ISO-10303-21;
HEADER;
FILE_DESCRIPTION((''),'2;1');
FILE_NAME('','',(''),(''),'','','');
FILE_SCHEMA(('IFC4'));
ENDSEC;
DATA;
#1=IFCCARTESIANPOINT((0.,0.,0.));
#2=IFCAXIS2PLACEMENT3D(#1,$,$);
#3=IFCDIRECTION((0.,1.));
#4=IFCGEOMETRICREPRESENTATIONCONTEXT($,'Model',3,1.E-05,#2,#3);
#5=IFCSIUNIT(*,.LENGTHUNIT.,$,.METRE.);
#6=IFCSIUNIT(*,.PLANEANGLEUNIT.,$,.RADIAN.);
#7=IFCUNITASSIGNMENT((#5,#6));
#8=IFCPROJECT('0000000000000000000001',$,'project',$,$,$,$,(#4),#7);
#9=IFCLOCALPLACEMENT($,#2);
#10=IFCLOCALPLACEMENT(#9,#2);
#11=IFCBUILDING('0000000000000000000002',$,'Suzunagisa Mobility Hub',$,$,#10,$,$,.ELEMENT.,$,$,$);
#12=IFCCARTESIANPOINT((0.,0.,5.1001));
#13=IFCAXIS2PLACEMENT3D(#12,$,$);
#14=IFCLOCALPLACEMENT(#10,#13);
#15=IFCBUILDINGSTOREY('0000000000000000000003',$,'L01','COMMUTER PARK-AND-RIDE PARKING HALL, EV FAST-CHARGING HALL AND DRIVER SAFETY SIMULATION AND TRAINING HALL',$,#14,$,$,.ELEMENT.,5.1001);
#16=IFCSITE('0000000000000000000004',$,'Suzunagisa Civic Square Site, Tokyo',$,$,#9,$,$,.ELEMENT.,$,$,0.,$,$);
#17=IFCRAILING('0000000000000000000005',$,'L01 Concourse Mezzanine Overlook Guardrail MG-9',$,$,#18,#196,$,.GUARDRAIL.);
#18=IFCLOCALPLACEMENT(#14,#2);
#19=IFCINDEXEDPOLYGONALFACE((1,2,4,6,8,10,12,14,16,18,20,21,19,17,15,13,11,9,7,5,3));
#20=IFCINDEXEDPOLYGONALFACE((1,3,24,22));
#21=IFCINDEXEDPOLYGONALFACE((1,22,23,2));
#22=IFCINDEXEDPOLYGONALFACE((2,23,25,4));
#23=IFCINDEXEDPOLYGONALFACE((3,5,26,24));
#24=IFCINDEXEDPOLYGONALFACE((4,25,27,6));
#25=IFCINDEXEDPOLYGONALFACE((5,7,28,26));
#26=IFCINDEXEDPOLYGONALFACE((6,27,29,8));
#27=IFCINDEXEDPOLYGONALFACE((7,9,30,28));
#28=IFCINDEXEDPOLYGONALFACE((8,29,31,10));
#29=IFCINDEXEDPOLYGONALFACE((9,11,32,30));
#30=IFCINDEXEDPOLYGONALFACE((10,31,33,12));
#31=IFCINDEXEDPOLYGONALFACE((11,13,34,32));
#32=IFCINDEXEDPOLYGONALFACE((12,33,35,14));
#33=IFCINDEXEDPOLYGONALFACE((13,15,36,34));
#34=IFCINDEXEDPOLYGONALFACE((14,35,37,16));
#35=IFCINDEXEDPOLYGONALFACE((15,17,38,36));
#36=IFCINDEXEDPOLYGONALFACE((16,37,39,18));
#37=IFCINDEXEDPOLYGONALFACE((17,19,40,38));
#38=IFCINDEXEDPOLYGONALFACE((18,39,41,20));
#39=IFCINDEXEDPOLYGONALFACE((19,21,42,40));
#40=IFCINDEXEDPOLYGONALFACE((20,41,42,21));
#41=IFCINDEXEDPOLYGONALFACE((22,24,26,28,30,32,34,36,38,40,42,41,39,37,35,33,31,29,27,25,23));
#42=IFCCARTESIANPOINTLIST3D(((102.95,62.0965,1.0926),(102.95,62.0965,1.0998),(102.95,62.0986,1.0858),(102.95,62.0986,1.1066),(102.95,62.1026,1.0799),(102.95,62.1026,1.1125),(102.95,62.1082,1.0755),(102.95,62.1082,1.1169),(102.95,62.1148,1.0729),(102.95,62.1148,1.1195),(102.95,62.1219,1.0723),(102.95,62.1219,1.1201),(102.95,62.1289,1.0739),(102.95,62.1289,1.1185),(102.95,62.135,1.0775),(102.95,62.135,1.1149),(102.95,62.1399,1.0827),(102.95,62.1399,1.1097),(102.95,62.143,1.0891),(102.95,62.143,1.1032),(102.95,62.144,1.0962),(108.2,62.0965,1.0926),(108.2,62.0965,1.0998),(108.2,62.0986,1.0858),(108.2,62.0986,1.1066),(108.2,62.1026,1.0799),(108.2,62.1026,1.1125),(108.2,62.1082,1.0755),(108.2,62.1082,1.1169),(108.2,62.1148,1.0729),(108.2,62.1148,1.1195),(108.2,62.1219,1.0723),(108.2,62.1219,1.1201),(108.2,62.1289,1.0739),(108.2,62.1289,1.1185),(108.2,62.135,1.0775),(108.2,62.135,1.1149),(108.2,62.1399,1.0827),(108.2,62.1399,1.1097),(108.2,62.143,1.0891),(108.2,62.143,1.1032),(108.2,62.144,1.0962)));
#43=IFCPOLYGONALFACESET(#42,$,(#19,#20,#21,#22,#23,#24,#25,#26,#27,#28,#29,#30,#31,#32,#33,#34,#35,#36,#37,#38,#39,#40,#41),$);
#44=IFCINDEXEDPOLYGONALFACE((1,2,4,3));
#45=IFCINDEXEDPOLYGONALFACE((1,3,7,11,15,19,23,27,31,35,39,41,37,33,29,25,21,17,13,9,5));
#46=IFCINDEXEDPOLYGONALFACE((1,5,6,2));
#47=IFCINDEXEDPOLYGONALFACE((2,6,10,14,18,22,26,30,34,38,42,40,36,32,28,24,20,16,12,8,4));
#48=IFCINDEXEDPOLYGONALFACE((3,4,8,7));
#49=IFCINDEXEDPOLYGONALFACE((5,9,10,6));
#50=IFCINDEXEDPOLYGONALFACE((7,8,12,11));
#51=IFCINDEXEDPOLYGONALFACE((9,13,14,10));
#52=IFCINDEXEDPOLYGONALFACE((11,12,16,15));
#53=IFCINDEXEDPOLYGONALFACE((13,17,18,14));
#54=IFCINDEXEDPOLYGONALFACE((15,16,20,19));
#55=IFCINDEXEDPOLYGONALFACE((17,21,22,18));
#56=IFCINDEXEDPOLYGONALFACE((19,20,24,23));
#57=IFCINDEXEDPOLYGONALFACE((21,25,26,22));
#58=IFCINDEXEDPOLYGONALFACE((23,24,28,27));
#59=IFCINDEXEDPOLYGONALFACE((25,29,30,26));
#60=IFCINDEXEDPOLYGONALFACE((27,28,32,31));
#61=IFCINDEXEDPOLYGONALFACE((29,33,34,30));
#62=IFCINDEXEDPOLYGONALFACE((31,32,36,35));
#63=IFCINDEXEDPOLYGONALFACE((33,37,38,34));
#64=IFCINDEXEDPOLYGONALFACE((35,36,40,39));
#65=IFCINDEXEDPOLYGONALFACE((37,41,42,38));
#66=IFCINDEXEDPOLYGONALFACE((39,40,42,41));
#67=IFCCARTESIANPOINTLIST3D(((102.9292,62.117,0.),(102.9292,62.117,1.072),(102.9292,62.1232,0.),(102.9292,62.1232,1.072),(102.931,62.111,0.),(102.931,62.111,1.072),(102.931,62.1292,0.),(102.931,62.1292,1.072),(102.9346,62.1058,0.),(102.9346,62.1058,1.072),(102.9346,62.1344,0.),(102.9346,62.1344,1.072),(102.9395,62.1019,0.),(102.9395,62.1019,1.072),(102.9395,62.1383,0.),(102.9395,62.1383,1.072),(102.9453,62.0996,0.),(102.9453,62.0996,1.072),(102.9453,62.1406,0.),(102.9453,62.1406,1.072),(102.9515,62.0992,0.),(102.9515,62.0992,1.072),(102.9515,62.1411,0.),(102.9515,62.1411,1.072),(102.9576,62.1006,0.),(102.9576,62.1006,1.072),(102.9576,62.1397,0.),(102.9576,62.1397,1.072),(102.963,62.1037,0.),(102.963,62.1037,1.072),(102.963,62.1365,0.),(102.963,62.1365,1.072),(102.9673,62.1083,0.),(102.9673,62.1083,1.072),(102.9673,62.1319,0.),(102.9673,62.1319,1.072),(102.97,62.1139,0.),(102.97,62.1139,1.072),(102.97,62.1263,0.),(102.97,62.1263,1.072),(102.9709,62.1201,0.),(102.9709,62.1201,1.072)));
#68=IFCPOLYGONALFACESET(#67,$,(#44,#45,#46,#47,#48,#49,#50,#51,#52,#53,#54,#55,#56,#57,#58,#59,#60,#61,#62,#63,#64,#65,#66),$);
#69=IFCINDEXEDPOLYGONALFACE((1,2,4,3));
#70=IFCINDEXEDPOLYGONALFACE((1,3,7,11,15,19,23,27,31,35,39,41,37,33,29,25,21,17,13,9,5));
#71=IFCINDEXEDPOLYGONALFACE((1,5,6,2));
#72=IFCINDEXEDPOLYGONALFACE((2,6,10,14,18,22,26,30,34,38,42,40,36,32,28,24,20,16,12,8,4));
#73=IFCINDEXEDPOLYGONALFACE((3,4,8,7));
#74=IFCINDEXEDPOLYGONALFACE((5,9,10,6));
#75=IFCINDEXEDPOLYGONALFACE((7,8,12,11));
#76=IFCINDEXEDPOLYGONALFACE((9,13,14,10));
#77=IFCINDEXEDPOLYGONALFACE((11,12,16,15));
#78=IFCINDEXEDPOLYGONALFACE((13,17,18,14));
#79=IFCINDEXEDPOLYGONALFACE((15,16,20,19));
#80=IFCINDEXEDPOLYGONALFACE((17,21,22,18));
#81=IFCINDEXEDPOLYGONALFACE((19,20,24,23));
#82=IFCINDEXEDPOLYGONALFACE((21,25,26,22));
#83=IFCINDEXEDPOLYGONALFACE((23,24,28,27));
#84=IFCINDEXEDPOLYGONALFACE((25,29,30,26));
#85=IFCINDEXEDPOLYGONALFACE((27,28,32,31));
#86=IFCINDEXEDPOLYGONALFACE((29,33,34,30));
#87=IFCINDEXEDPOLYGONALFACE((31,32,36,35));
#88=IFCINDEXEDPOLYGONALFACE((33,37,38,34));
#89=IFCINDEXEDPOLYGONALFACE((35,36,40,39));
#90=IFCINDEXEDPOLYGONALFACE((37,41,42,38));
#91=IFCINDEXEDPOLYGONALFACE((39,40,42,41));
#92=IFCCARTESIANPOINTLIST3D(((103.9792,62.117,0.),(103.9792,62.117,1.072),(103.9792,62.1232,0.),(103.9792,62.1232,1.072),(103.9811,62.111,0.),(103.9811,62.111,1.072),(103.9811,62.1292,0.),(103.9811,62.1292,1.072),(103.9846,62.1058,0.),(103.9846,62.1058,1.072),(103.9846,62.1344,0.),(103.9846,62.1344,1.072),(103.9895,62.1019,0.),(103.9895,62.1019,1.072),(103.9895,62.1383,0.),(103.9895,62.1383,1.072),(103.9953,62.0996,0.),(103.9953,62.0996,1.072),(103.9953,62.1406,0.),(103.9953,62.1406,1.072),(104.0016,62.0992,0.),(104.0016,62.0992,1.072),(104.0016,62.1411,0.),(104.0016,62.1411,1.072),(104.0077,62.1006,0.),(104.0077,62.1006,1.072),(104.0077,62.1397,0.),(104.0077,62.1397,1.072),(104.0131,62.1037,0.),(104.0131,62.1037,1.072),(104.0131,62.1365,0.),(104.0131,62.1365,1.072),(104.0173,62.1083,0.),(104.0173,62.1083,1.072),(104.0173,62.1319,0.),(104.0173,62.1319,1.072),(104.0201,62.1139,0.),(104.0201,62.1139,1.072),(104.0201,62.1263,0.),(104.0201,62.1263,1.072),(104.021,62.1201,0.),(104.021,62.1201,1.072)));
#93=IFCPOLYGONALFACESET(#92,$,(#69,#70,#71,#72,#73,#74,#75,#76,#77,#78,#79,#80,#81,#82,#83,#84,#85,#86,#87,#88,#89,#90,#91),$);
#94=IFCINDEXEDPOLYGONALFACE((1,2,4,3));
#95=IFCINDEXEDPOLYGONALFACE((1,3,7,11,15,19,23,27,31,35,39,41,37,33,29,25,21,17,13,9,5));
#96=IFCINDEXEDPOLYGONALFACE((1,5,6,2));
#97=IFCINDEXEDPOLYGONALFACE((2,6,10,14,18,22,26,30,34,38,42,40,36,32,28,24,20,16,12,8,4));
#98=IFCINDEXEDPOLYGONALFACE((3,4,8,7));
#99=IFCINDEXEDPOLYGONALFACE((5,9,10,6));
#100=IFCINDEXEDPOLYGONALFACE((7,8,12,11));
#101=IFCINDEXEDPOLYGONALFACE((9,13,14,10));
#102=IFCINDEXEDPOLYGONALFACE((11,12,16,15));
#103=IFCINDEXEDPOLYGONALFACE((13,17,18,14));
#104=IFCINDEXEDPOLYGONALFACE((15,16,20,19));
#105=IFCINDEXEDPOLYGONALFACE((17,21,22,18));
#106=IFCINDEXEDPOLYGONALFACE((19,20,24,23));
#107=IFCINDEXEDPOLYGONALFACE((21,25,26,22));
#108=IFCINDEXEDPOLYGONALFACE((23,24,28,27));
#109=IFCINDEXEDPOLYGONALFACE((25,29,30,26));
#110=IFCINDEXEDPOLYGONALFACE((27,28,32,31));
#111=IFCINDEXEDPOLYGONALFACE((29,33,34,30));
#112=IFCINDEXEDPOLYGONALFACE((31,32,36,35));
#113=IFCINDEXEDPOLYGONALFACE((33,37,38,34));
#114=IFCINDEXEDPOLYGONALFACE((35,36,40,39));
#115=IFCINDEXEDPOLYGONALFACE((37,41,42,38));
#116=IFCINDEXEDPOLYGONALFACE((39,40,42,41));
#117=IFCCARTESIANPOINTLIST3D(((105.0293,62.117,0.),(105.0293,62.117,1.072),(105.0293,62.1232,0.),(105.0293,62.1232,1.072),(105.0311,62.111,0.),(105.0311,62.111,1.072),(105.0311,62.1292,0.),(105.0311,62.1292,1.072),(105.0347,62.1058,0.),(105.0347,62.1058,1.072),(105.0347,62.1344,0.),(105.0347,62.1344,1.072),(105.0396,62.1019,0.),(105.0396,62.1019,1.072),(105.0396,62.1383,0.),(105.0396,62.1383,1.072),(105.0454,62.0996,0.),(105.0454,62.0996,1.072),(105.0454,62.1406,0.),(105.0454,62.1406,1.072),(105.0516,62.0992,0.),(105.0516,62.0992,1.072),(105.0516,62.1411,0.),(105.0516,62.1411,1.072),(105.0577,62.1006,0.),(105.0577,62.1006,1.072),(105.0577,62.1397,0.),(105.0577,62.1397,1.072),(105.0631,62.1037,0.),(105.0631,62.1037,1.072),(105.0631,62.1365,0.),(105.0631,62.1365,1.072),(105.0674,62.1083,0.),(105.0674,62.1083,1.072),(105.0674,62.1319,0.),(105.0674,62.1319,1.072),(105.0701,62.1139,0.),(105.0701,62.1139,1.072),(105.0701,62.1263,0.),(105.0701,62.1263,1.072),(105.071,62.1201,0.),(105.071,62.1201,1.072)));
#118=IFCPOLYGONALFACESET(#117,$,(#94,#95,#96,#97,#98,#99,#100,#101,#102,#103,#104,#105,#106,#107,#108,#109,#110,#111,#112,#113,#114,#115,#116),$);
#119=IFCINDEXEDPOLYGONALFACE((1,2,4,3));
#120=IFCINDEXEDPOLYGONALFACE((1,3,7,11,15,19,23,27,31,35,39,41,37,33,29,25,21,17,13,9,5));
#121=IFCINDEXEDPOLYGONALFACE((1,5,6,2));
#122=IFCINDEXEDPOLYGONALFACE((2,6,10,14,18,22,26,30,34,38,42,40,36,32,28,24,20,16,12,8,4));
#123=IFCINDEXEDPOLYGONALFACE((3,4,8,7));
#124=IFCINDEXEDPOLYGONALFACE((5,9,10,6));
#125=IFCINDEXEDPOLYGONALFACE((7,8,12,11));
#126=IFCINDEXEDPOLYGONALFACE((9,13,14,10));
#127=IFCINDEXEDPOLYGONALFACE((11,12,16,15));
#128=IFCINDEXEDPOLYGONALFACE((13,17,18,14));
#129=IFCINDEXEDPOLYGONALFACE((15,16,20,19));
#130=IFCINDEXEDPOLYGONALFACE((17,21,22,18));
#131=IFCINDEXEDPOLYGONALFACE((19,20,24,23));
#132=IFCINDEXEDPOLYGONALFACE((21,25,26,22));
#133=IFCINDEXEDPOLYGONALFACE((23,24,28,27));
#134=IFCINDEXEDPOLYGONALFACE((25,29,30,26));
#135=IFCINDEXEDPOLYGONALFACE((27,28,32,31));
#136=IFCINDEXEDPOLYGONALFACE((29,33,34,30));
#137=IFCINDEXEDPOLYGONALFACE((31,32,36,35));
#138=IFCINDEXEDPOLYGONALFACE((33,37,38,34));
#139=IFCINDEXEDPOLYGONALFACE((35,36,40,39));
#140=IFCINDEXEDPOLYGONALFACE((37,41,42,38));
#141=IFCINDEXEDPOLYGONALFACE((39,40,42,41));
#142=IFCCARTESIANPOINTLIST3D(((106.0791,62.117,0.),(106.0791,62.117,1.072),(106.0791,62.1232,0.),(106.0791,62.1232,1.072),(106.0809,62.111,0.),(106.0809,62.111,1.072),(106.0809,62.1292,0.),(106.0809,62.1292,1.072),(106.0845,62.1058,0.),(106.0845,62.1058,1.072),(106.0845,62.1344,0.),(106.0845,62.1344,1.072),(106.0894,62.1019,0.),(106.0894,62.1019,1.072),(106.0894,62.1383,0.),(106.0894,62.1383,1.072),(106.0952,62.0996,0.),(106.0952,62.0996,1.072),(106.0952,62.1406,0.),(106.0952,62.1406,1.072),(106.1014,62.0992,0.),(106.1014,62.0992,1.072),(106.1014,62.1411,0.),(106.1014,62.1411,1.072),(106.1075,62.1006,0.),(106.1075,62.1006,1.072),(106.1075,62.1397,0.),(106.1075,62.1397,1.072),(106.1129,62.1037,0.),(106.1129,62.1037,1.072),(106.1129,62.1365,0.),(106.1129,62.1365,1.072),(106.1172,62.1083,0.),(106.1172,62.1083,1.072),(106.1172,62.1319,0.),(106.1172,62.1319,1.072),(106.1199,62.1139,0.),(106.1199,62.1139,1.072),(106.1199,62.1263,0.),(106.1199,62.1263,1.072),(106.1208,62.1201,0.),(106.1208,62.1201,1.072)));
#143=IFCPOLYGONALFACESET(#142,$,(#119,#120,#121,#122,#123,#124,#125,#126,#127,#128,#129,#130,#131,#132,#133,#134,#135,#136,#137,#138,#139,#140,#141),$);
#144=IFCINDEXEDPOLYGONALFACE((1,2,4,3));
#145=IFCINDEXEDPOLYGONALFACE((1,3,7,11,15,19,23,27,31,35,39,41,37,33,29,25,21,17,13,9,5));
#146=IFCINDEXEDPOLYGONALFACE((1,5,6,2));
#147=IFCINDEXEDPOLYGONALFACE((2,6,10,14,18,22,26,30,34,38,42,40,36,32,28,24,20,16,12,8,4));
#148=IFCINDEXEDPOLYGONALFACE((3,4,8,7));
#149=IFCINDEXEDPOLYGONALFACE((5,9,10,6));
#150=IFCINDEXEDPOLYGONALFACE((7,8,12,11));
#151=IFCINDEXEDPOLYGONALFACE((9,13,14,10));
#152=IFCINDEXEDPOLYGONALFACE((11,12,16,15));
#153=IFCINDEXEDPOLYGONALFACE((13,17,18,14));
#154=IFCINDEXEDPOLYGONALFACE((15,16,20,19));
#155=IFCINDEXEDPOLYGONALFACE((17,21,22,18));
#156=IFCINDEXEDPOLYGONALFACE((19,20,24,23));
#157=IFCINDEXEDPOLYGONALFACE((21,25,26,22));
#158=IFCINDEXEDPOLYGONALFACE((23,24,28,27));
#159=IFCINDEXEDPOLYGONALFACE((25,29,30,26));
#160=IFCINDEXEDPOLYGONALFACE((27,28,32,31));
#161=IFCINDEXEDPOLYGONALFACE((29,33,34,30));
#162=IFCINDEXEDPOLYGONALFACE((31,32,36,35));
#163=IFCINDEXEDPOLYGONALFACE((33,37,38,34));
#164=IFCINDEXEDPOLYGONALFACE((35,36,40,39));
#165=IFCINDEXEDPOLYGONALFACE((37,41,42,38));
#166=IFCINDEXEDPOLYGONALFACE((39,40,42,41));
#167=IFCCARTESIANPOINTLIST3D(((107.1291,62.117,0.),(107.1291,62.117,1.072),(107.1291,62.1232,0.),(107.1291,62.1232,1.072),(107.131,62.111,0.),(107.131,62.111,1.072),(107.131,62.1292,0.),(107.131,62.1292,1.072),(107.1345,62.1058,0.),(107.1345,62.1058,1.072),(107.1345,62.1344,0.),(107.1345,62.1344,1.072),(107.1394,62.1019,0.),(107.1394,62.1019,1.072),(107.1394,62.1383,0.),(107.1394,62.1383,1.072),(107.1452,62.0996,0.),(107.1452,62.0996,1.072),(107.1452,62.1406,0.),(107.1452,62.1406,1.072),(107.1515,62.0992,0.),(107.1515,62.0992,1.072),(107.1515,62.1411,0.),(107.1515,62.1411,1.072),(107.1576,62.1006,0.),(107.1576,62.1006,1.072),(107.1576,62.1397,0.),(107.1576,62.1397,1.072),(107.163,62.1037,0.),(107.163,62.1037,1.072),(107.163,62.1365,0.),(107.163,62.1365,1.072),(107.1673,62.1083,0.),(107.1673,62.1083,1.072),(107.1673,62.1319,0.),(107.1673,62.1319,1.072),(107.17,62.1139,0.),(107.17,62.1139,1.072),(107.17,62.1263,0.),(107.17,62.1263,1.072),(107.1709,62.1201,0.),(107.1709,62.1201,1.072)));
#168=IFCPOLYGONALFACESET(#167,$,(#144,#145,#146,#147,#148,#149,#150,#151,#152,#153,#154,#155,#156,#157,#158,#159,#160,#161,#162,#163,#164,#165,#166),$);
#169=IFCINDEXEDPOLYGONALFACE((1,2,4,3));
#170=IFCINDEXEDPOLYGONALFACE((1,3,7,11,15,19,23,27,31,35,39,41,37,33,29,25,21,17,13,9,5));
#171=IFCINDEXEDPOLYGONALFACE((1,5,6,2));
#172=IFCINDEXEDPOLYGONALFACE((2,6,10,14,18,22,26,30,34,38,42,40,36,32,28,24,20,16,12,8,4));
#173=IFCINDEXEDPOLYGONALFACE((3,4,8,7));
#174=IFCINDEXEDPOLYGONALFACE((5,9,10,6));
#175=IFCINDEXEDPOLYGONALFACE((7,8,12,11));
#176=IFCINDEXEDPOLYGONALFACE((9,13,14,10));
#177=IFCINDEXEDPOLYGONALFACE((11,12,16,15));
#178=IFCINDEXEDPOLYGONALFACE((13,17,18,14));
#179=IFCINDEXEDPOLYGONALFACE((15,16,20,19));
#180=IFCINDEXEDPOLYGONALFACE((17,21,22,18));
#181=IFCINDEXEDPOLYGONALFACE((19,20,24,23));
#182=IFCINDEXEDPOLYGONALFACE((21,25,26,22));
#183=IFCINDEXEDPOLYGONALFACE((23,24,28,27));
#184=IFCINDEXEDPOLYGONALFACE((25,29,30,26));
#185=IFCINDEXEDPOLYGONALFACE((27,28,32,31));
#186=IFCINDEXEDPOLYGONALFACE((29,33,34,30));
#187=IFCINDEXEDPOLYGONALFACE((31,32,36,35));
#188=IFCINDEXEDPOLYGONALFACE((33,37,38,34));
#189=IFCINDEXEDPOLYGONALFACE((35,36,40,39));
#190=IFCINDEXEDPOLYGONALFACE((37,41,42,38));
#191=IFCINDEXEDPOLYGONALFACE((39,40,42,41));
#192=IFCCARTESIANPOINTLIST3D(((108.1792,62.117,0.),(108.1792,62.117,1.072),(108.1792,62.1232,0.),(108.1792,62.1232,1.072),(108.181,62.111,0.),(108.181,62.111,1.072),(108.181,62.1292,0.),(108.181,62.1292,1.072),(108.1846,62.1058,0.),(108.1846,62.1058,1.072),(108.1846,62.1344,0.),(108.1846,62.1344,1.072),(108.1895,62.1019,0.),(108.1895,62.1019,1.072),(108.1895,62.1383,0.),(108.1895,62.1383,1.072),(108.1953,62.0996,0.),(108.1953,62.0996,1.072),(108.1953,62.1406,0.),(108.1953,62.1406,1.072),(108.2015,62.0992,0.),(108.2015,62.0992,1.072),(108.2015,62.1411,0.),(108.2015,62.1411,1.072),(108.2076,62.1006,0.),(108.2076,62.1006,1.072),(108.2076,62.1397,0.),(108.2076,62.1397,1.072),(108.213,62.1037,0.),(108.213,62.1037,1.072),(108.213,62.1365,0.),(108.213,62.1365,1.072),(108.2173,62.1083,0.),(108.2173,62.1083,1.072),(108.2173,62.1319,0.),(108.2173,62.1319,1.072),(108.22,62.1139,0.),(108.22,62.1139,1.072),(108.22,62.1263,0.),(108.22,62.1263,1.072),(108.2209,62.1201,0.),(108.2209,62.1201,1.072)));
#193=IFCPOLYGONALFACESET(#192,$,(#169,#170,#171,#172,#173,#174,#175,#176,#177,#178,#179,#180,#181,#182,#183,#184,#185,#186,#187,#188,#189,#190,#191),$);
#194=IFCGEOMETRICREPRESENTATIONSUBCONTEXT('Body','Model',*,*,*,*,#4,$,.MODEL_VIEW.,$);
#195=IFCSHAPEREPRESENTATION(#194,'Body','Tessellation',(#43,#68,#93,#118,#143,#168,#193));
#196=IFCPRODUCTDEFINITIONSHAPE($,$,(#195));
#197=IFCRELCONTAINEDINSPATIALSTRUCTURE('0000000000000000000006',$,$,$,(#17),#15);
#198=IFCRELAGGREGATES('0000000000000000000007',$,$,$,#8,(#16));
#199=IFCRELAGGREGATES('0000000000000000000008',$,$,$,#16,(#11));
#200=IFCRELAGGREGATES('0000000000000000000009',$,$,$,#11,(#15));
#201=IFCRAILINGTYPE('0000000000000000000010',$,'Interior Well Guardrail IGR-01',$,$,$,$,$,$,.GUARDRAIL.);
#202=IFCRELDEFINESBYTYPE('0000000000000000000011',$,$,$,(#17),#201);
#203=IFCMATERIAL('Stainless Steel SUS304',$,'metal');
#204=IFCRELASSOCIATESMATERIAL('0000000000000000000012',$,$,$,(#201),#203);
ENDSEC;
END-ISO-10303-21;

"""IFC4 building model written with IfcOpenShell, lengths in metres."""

from ifc_helpers import new_model, si_unit, direction, frame, origin, origin_2d, place, context, subcontext, project, spatial, circle, extrude, material, type_object, element, save


model = new_model("IFC4")

# Units and contexts
model_context = context("Model", 3, precision=1e-05, world=origin(), true_north=direction((0.0, 1.0)))
body_context = subcontext(model_context, "Body", "Model", "MODEL_VIEW")
ifc_project = project(units=[si_unit("LENGTHUNIT", "METRE"), si_unit("PLANEANGLEUNIT", "RADIAN")], contexts=[model_context])

# Site, building, storey
site_placement = place(None, origin())
site = spatial("IfcSite", under=ifc_project, at=site_placement, Name="Suzunagisa Civic Square Site, Tokyo", CompositionType="ELEMENT", RefElevation=0.0)
building_placement = place(site_placement, origin())
building = spatial("IfcBuilding", under=site, at=building_placement, Name="Suzunagisa Mobility Hub", CompositionType="ELEMENT")
storey_placement = place(building_placement, frame((0.0, 0.0, 5.1001)))
storey = spatial("IfcBuildingStorey", under=building, at=storey_placement, Name="L01", Description="COMMUTER PARK-AND-RIDE PARKING HALL, EV FAST-CHARGING HALL AND DRIVER SAFETY SIMULATION AND TRAINING HALL", CompositionType="ELEMENT", Elevation=5.1001)

# Railing
ifc_material_1 = material(Name="Stainless Steel SUS304", Category="metal")
railing_type = type_object("IfcRailingType", Name="Interior Well Guardrail IGR-01", PredefinedType="GUARDRAIL", material=ifc_material_1)
railing_1_placement = place(storey_placement, frame((102.95, 62.1201, 0.0)))
element("IfcRailing", 1, at=railing_1_placement, inside=storey, type_object=railing_type, Name="L01 Concourse Mezzanine Overlook Guardrail MG-9", PredefinedType="GUARDRAIL", context=body_context, shape_type="SweptSolid", body=[
    extrude(circle(Radius=0.0239, at=origin_2d()), frame((0.0, 0.0, 1.0962), z_axis=(1.0, 0.0, 0.0), x_axis=(0.0, 1.0, 0.0)), (0.0, 0.0, 1.0), 5.25),
    extrude(circle(Radius=0.021, at=origin_2d()), origin(), (0.0, 0.0, 1.0), 1.072),
    extrude(circle(Radius=0.021, at=origin_2d()), frame((1.05, 0.0, 0.0)), (0.0, 0.0, 1.0), 1.072),
    extrude(circle(Radius=0.021, at=origin_2d()), frame((2.1001, 0.0, 0.0)), (0.0, 0.0, 1.0), 1.072),
    extrude(circle(Radius=0.021, at=origin_2d()), frame((3.1499, 0.0, 0.0)), (0.0, 0.0, 1.0), 1.072),
    extrude(circle(Radius=0.021, at=origin_2d()), frame((4.2, 0.0, 0.0)), (0.0, 0.0, 1.0), 1.072),
    extrude(circle(Radius=0.021, at=origin_2d()), frame((5.25, 0.0, 0.0)), (0.0, 0.0, 1.0), 1.072),
])

save(model, "model.ifc")
